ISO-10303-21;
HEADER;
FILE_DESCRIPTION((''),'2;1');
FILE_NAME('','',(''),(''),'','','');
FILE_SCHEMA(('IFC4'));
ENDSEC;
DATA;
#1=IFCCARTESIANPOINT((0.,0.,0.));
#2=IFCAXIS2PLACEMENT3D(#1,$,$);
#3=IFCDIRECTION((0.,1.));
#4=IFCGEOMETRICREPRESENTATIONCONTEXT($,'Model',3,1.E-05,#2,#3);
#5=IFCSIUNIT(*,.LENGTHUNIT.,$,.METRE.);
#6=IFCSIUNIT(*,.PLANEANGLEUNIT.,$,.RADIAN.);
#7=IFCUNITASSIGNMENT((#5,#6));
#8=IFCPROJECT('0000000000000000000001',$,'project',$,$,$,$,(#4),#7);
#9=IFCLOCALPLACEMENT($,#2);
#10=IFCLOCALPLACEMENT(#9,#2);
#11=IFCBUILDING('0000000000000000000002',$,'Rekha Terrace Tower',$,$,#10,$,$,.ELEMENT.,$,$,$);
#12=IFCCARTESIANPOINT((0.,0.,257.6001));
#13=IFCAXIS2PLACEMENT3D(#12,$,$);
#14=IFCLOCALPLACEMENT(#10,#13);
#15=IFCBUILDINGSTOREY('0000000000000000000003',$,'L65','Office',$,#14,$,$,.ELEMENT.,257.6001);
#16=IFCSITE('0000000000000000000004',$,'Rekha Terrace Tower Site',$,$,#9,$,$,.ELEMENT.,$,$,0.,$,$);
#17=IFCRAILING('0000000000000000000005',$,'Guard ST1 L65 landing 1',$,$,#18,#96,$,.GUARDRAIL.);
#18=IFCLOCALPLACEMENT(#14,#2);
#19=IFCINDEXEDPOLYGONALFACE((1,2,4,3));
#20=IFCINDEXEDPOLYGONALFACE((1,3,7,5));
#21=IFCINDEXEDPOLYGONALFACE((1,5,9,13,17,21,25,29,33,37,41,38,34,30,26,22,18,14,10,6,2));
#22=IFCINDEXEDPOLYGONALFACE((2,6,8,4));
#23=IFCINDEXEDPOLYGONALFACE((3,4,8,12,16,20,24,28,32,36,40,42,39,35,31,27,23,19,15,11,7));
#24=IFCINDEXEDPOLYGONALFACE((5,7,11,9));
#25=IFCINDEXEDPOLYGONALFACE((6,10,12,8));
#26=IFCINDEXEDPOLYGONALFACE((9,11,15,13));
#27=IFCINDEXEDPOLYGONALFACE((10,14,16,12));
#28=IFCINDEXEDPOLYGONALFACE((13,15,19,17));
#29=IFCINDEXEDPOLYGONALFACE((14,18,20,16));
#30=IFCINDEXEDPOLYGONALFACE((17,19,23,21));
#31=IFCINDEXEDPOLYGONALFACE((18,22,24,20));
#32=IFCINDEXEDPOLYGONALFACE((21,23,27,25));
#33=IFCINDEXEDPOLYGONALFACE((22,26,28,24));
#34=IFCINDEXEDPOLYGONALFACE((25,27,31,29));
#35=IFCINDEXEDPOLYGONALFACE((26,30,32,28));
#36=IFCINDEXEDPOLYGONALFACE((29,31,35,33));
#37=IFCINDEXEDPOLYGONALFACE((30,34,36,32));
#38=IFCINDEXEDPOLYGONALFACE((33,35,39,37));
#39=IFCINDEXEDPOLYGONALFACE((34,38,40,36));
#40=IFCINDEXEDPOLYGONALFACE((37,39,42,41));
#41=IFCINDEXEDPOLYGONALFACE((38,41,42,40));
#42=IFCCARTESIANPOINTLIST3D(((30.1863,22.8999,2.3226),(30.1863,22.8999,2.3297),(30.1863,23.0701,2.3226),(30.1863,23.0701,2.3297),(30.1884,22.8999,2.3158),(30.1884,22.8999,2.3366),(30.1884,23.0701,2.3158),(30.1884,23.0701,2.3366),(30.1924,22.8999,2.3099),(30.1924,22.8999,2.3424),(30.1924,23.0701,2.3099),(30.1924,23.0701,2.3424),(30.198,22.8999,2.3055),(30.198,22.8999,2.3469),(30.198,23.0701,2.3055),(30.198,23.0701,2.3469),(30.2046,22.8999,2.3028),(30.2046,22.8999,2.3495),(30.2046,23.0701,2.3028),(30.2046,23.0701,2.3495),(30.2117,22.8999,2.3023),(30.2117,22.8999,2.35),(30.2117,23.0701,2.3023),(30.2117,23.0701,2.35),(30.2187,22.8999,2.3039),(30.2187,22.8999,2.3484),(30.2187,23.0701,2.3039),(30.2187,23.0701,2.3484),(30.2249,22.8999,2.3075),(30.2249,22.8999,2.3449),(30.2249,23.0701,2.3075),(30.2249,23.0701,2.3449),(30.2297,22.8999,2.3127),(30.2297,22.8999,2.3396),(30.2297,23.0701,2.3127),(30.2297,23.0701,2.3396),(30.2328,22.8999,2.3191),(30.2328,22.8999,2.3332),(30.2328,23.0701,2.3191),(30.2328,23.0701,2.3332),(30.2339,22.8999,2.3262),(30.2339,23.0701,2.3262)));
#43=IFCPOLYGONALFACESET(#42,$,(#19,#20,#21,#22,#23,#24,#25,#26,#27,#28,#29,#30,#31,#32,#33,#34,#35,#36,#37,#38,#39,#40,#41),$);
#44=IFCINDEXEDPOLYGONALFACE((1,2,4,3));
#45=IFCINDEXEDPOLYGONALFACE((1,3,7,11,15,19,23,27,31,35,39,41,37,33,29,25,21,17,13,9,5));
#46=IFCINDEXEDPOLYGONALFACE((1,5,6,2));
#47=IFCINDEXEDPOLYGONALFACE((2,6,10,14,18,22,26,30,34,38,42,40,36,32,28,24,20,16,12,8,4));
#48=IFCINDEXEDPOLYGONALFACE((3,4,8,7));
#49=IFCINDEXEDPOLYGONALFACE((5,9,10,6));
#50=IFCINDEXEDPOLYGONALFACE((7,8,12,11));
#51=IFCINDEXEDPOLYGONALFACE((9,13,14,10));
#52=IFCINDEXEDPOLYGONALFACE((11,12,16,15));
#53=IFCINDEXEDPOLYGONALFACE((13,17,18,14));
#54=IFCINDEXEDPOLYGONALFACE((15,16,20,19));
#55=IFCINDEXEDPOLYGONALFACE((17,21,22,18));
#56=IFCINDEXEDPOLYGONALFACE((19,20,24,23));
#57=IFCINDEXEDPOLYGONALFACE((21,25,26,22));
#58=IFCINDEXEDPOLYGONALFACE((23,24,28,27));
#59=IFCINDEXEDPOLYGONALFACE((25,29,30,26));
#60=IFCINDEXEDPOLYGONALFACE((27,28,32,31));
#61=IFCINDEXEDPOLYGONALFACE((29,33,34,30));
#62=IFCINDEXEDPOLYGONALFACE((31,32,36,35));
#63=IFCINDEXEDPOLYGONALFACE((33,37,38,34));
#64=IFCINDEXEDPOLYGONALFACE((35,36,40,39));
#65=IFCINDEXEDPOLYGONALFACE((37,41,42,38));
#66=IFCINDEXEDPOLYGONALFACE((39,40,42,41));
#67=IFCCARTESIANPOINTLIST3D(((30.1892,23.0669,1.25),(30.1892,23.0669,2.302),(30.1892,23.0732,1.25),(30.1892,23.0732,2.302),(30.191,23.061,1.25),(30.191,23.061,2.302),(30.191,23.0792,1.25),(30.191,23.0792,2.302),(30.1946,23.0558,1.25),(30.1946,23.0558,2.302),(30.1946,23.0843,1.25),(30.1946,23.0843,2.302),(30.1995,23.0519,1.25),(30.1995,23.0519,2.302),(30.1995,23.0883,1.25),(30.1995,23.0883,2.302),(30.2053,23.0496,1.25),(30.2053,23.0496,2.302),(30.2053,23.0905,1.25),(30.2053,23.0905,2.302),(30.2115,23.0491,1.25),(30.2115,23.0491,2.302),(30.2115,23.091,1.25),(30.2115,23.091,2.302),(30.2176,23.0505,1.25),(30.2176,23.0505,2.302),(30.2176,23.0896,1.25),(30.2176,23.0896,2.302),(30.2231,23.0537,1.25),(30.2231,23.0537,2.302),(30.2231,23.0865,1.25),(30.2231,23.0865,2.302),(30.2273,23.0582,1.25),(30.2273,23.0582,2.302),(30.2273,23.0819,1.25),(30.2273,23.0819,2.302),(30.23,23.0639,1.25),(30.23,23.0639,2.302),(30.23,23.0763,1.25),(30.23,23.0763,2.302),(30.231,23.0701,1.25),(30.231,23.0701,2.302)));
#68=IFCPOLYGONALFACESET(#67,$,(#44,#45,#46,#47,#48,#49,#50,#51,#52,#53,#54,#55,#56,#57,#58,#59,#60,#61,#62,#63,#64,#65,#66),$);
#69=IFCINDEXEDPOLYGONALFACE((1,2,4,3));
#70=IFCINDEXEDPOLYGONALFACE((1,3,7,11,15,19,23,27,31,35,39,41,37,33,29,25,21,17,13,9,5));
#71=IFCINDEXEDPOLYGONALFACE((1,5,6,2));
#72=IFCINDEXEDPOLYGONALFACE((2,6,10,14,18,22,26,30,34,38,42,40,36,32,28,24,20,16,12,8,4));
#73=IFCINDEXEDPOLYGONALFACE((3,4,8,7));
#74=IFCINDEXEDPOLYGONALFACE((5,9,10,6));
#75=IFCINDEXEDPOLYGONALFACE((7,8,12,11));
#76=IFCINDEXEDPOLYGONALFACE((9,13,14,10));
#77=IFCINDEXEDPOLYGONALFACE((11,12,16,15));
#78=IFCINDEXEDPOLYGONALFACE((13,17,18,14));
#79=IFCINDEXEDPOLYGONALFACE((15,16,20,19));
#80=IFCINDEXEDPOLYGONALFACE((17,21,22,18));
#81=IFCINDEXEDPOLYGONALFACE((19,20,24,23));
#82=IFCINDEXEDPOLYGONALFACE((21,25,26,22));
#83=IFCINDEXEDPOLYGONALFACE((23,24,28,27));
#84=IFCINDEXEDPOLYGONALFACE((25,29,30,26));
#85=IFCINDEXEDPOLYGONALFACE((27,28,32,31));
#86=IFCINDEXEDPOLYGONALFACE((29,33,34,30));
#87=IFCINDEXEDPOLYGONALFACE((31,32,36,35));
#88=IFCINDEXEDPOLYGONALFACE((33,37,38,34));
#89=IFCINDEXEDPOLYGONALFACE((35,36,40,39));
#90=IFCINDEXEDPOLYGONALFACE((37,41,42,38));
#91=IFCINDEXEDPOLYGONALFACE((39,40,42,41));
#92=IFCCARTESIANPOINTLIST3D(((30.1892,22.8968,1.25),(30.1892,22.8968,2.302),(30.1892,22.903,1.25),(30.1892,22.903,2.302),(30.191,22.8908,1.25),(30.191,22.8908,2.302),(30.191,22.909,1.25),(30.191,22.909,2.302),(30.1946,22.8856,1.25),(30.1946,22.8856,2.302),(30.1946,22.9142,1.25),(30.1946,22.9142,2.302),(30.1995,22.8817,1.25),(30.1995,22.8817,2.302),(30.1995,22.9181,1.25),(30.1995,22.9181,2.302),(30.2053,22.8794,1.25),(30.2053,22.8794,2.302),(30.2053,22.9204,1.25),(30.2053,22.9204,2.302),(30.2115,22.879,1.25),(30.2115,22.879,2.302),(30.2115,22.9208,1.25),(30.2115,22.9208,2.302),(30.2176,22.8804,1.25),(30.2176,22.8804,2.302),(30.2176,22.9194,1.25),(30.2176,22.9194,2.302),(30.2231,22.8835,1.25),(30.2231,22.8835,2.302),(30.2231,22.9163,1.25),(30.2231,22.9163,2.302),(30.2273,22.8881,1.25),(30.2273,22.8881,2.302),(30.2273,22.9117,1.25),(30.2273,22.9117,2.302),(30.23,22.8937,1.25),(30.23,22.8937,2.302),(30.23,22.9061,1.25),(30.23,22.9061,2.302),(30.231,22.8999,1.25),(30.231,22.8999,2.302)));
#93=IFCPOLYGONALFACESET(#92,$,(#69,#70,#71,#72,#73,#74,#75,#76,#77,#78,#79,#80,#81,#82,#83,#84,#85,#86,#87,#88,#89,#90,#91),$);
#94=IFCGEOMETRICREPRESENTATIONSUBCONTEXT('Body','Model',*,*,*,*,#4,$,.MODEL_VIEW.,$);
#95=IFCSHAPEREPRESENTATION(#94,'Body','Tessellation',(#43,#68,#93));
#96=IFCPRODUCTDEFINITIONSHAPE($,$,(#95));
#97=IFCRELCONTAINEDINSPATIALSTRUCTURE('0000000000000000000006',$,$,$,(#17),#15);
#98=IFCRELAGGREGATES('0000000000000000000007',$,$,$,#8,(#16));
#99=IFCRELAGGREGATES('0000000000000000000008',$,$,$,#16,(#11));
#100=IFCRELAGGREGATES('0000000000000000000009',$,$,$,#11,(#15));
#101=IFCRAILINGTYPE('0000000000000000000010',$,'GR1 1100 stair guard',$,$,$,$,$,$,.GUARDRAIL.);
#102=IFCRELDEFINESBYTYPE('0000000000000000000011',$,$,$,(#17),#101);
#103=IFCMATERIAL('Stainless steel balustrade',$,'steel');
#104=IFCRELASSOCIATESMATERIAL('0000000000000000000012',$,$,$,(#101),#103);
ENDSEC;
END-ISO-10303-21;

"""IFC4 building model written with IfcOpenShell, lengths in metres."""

from ifc_helpers import new_model, si_unit, direction, frame, origin, origin_2d, place, context, subcontext, project, spatial, circle, extrude, material, type_object, element, save


model = new_model("IFC4")

# Units and contexts
model_context = context("Model", 3, precision=1e-05, world=origin(), true_north=direction((0.0, 1.0)))
body_context = subcontext(model_context, "Body", "Model", "MODEL_VIEW")
ifc_project = project(units=[si_unit("LENGTHUNIT", "METRE"), si_unit("PLANEANGLEUNIT", "RADIAN")], contexts=[model_context])

# Site, building, storey
site_placement = place(None, origin())
site = spatial("IfcSite", under=ifc_project, at=site_placement, Name="Rekha Terrace Tower Site", CompositionType="ELEMENT", RefElevation=0.0)
building_placement = place(site_placement, origin())
building = spatial("IfcBuilding", under=site, at=building_placement, Name="Rekha Terrace Tower", CompositionType="ELEMENT")
storey_placement = place(building_placement, frame((0.0, 0.0, 257.6001)))
storey = spatial("IfcBuildingStorey", under=building, at=storey_placement, Name="L65", Description="Office", CompositionType="ELEMENT", Elevation=257.6001)

# Railing
ifc_material_1 = material(Name="Stainless steel balustrade", Category="steel")
railing_type_1 = type_object("IfcRailingType", Name="GR1 1100 stair guard", PredefinedType="GUARDRAIL", material=ifc_material_1)
railing_1_placement = place(storey_placement, frame((30.21, 23.0701, 1.25)))
element("IfcRailing", 1, at=railing_1_placement, inside=storey, type_object=railing_type_1, Name="Guard ST1 L65 landing 1", PredefinedType="GUARDRAIL", context=body_context, shape_type="SweptSolid", body=[
    extrude(circle(Radius=0.0239, at=origin_2d()), frame((0.0, 0.0, 1.0762), z_axis=(0.0, -1.0, 0.0), x_axis=(1.0, 0.0, 0.0)), (0.0, 0.0, 1.0), 0.1702),
    extrude(circle(Radius=0.021, at=origin_2d()), origin(), (0.0, 0.0, 1.0), 1.052),
    extrude(circle(Radius=0.021, at=origin_2d()), frame((0.0, -0.1702, 0.0)), (0.0, 0.0, 1.0), 1.052),
])

save(model, "model.ifc")
